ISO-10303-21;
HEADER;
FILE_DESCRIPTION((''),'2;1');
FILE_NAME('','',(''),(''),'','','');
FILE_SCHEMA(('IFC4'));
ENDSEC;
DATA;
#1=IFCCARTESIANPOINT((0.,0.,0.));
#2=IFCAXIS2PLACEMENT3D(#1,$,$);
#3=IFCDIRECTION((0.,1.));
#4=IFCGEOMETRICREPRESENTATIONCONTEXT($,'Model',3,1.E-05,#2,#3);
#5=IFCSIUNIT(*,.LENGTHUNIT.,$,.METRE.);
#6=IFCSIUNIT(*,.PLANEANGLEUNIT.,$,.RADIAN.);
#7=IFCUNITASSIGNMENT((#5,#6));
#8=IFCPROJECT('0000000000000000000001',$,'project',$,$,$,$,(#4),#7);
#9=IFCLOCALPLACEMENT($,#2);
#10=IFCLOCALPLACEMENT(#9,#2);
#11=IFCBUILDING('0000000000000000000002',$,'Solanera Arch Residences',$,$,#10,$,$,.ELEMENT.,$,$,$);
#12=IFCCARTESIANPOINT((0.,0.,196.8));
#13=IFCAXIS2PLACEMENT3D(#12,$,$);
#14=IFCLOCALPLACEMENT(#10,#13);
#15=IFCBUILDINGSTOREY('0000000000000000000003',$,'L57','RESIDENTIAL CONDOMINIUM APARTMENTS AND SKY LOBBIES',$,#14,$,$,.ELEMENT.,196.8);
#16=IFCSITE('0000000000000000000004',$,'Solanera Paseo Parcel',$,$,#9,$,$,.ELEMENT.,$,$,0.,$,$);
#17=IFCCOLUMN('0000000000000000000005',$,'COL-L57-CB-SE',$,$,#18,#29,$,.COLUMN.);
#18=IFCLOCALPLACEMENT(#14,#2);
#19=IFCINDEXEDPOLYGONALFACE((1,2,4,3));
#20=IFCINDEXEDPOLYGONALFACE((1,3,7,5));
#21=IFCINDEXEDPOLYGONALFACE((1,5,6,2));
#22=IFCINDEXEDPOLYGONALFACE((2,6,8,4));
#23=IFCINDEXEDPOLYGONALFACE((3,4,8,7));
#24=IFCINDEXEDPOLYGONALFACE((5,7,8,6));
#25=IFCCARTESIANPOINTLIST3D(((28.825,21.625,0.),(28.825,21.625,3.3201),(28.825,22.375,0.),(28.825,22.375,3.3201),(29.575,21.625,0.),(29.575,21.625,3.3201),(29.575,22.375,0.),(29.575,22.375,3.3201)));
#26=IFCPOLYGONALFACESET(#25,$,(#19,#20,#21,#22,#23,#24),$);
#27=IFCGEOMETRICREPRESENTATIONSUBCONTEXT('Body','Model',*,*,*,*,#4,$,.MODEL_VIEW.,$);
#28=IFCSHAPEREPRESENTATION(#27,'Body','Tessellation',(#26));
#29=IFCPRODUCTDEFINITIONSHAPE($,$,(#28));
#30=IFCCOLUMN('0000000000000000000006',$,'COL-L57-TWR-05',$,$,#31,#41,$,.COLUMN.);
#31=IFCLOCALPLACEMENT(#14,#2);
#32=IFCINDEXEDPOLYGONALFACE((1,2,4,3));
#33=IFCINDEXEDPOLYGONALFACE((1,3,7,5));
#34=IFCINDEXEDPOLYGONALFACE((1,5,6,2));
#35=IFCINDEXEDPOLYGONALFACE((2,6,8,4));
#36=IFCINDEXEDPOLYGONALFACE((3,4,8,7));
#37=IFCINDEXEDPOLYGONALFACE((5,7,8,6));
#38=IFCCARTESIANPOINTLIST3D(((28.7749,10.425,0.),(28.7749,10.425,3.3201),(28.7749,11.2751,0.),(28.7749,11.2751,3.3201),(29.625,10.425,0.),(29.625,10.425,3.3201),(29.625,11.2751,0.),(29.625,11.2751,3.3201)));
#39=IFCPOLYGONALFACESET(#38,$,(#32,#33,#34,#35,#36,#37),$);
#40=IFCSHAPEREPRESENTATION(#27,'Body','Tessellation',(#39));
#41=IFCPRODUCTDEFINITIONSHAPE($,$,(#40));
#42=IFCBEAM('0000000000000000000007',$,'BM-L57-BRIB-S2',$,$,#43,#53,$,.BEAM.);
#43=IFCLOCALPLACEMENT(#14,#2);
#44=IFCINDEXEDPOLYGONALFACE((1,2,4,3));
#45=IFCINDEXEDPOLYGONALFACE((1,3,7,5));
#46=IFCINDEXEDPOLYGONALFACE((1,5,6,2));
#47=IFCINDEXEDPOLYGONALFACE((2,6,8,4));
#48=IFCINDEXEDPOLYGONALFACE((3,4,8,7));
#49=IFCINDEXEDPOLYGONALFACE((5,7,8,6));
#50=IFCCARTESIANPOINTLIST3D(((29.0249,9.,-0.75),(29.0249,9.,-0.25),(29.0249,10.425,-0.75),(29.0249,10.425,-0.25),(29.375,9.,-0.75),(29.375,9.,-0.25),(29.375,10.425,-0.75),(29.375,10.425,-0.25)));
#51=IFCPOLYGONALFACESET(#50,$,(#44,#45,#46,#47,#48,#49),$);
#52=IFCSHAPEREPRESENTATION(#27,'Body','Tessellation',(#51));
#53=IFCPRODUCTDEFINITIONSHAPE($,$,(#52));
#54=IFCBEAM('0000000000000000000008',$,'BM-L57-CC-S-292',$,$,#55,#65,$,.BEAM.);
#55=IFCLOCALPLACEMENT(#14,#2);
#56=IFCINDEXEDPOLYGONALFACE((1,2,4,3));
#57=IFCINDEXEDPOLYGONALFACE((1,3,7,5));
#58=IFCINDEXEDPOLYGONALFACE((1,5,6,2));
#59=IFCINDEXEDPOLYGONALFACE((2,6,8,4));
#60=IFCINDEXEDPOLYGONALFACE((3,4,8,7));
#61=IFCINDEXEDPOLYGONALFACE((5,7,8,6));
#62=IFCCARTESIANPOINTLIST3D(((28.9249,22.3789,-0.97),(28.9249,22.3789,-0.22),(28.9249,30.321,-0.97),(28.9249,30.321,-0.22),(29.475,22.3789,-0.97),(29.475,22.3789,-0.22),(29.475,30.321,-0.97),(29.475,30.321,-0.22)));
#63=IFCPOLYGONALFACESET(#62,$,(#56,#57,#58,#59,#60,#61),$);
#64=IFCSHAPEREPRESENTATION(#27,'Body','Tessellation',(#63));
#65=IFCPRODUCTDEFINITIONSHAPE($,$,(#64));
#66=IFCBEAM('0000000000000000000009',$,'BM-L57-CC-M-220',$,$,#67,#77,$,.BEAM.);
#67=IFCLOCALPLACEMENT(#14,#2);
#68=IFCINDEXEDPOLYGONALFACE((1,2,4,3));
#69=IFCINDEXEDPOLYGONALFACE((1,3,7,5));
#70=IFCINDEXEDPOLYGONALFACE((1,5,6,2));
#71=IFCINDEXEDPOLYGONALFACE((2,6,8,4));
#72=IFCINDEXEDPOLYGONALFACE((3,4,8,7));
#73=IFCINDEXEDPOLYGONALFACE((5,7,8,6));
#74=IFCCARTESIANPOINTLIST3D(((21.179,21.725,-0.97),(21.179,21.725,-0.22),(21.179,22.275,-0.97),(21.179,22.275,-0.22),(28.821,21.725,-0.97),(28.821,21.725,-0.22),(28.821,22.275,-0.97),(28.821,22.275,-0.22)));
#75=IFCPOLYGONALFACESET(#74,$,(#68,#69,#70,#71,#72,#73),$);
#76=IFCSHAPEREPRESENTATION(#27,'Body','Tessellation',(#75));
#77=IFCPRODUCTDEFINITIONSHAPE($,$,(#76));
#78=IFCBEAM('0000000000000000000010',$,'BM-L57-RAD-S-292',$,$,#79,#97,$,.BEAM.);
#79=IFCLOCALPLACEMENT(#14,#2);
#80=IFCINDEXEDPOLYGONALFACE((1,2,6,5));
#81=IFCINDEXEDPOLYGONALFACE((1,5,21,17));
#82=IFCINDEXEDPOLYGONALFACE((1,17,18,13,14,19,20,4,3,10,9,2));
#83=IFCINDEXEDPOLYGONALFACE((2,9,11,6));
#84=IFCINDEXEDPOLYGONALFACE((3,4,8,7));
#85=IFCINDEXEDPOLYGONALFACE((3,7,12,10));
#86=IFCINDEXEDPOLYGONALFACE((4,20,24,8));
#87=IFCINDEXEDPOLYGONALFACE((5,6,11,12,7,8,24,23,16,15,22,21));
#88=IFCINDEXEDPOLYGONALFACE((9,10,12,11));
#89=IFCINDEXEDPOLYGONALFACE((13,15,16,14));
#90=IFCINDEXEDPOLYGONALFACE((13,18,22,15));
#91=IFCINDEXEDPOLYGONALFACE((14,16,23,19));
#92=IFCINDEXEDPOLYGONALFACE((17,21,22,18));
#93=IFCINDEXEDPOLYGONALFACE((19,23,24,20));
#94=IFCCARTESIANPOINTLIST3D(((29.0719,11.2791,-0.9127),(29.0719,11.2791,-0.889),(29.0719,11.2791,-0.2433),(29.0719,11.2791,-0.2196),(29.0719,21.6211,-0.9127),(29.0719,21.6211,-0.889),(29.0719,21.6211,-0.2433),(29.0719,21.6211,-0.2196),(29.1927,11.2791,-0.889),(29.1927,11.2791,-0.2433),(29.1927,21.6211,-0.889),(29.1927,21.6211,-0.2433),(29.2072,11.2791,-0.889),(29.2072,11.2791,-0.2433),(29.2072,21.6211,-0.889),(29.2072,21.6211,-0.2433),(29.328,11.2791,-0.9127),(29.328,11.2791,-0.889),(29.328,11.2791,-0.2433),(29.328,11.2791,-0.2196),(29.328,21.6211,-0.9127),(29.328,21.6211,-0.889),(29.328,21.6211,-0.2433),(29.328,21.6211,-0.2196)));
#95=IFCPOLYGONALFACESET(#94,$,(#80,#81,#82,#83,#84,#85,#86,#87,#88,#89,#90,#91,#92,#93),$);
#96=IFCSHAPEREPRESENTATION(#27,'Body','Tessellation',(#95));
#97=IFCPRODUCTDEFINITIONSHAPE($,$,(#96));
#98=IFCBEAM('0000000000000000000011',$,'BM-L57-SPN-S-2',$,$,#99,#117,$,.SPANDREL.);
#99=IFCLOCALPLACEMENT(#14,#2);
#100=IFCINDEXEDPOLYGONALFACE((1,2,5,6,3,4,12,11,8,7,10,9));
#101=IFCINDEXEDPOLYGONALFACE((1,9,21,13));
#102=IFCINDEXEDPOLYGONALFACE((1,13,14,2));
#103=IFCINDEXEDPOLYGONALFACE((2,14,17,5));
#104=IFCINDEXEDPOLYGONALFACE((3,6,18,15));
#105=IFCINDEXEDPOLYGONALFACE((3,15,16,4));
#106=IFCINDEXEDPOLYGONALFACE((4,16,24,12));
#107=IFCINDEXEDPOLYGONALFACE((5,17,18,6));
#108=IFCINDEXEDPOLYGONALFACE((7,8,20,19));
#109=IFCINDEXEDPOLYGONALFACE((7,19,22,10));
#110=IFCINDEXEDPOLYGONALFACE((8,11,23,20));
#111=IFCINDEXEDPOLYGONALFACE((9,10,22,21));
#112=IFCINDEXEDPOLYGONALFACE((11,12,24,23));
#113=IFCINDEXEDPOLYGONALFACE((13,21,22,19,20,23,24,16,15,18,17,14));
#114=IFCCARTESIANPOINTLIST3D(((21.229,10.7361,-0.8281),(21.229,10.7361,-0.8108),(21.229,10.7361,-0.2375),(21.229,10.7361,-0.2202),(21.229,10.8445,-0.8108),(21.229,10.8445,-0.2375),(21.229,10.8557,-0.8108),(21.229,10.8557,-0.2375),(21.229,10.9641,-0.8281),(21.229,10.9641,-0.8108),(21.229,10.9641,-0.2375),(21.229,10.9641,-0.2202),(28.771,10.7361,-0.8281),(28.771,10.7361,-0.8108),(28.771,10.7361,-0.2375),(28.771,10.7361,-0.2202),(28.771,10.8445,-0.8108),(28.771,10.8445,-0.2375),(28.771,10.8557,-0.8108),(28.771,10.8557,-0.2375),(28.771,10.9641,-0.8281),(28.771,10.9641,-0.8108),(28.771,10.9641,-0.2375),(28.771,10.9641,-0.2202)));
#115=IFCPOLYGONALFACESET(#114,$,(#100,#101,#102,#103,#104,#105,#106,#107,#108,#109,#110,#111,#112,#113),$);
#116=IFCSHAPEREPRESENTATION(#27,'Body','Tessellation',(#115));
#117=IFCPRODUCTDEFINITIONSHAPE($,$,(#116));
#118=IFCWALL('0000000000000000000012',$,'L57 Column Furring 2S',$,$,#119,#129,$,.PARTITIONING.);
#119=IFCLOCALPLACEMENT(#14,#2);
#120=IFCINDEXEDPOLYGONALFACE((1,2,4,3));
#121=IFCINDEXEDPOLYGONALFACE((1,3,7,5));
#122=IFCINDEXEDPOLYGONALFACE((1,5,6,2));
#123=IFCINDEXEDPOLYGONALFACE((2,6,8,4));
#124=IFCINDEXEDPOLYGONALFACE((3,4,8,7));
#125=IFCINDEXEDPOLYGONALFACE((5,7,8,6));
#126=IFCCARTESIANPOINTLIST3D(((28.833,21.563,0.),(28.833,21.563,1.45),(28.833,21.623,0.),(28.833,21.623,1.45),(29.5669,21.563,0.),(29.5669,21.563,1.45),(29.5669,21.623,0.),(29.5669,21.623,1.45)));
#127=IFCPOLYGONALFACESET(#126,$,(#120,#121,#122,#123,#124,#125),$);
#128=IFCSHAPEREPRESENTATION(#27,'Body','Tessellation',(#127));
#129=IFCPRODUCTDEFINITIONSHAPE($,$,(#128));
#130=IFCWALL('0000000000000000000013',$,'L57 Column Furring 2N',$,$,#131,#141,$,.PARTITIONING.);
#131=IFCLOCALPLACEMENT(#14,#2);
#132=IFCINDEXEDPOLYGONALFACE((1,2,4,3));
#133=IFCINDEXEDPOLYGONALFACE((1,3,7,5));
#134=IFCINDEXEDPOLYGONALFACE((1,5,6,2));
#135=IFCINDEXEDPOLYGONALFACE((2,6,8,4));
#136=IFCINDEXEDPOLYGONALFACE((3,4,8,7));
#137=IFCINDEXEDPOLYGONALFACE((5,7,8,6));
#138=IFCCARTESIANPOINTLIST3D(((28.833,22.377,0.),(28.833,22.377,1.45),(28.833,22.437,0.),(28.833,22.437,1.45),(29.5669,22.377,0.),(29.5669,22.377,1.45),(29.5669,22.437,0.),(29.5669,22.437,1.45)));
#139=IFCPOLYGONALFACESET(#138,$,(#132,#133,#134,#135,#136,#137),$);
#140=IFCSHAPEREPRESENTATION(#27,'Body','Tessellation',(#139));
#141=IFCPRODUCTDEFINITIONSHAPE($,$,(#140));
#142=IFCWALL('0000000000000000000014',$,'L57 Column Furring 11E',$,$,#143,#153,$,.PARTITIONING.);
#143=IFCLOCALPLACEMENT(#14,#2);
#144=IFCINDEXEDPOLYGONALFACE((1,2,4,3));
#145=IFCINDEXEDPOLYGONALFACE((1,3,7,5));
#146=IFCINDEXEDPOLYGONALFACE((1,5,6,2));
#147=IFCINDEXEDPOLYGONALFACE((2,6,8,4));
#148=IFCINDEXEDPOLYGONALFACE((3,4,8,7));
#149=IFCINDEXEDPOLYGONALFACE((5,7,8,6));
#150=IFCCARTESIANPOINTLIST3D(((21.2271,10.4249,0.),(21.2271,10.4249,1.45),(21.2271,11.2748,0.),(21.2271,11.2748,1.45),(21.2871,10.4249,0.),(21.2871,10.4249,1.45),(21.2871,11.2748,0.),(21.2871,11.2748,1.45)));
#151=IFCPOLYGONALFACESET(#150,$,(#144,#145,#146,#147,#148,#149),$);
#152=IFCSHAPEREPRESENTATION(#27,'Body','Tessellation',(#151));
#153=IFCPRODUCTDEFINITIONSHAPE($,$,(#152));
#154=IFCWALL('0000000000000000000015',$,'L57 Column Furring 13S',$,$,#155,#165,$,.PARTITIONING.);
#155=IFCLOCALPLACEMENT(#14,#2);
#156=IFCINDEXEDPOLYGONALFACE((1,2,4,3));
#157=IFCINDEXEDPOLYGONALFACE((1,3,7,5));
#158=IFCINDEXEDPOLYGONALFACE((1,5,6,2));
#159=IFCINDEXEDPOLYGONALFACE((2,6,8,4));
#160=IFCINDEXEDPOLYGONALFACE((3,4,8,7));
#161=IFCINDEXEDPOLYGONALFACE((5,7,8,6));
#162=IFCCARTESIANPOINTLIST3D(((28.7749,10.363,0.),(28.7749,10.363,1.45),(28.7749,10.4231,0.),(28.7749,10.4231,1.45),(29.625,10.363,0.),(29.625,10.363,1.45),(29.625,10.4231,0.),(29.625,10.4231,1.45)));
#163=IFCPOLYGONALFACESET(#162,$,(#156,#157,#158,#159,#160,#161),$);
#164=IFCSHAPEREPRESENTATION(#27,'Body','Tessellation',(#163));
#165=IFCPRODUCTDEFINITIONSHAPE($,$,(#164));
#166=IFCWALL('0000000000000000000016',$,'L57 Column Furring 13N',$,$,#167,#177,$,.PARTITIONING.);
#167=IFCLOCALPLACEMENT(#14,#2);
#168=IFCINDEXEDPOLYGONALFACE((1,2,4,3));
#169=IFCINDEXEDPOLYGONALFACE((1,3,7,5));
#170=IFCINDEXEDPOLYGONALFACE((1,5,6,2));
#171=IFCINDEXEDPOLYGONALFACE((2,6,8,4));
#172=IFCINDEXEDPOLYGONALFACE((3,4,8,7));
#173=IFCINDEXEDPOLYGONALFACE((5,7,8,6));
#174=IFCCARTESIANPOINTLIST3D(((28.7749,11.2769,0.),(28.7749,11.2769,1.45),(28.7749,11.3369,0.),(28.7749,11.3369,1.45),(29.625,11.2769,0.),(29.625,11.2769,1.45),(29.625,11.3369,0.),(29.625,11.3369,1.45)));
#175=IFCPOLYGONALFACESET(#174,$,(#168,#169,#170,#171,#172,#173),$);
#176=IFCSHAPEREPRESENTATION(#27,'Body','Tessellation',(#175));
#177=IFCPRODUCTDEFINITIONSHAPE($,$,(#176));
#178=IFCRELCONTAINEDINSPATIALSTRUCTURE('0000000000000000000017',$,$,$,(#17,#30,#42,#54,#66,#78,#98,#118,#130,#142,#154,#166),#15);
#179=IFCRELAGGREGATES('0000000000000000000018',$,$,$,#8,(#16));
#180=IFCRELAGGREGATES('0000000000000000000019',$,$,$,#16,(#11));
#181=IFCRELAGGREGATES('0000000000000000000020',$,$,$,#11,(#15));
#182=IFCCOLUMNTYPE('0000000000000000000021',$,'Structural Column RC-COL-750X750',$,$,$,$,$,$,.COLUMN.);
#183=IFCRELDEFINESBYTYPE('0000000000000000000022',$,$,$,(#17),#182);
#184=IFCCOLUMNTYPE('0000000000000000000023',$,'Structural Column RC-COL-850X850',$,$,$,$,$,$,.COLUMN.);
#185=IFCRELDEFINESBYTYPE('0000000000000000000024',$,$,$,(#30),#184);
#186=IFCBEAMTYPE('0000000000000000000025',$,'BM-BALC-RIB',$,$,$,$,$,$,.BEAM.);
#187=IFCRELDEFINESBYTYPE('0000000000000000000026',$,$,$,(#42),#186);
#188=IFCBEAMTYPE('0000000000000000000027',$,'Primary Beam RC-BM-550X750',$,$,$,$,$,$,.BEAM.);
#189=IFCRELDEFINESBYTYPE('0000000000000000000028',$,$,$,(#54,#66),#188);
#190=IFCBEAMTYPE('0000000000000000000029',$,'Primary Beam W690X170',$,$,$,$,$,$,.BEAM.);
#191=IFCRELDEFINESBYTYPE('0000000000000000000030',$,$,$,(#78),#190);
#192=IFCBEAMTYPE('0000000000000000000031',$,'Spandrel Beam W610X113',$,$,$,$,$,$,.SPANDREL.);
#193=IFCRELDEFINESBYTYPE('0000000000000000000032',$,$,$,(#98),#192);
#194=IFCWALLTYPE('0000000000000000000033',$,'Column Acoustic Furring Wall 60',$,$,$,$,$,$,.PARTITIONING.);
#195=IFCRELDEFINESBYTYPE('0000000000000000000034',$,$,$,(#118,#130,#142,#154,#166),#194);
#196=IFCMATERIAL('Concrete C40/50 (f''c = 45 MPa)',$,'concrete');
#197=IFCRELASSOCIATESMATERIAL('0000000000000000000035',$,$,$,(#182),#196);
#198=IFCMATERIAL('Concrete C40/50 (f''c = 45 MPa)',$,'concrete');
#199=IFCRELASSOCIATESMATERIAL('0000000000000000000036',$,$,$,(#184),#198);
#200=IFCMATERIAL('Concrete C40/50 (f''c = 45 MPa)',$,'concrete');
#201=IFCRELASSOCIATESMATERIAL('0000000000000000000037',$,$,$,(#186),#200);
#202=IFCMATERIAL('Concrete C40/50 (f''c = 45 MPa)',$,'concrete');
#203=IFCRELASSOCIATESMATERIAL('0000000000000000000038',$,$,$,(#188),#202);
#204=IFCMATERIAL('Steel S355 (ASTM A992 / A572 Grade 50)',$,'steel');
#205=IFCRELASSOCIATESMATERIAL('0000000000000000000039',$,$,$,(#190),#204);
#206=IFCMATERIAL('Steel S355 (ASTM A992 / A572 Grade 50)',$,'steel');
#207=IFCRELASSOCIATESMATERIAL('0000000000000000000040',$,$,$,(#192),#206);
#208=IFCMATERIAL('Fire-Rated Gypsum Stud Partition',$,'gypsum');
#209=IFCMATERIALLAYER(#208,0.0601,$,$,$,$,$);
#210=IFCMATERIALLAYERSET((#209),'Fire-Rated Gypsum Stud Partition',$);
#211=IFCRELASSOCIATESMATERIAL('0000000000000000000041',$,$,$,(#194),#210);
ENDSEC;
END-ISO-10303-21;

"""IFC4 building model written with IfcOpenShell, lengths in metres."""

from ifc_helpers import new_model, si_unit, direction, frame, frame_2d, origin, origin_2d, place, context, subcontext, project, spatial, rectangle, i_section, extrude, material, layer, layer_set, material_profile, profile_set, type_object, element, save


model = new_model("IFC4")

# Units and contexts
model_context = context("Model", 3, precision=1e-05, world=origin(), true_north=direction((0.0, 1.0)))
body_context = subcontext(model_context, "Body", "Model", "MODEL_VIEW")
ifc_project = project(units=[si_unit("LENGTHUNIT", "METRE"), si_unit("PLANEANGLEUNIT", "RADIAN")], contexts=[model_context])

# Site, building, storey
site_placement = place(None, origin())
site = spatial("IfcSite", under=ifc_project, at=site_placement, Name="Solanera Paseo Parcel", CompositionType="ELEMENT", RefElevation=0.0)
building_placement = place(site_placement, origin())
building = spatial("IfcBuilding", under=site, at=building_placement, Name="Solanera Arch Residences", CompositionType="ELEMENT")
storey_placement = place(building_placement, frame((0.0, 0.0, 196.8)))
storey = spatial("IfcBuildingStorey", under=building, at=storey_placement, Name="L57", Description="RESIDENTIAL CONDOMINIUM APARTMENTS AND SKY LOBBIES", CompositionType="ELEMENT", Elevation=196.8)

# Columns
ifc_material_1 = material(Name="Concrete C40/50 (f'c = 45 MPa)", Category="concrete")
ifc_material_profile_1 = material_profile(ifc_material_1, rectangle(XDim=0.75, YDim=0.75, at=origin_2d()))
ifc_profile_set_1 = profile_set([ifc_material_profile_1], Name="Concrete C40/50 (f'c = 45 MPa)")
column_type_1 = type_object("IfcColumnType", Name="Structural Column RC-COL-750X750", PredefinedType="COLUMN", material=ifc_profile_set_1)
column_1_placement = place(storey_placement, frame((29.2, 22.0, 0.0), z_axis=(0.0, 0.0, 1.0), x_axis=(1.0, 0.0, 0.0)))
element("IfcColumn", 1, at=column_1_placement, inside=storey, type_object=column_type_1, Name="COL-L57-CB-SE", PredefinedType="COLUMN", context=body_context, shape_type="SweptSolid", body=[
    extrude(rectangle(XDim=0.75, YDim=0.75, at=origin_2d()), origin(), (0.0, 0.0, 1.0), 3.3201),
])
ifc_material_2 = material(Name="Concrete C40/50 (f'c = 45 MPa)", Category="concrete")
ifc_material_profile_2 = material_profile(ifc_material_2, rectangle(XDim=0.8501, YDim=0.8501, at=origin_2d()))
ifc_profile_set_2 = profile_set([ifc_material_profile_2], Name="Concrete C40/50 (f'c = 45 MPa)")
column_type_2 = type_object("IfcColumnType", Name="Structural Column RC-COL-850X850", PredefinedType="COLUMN", material=ifc_profile_set_2)
column_2_placement = place(storey_placement, frame((29.2, 10.8501, 0.0), z_axis=(0.0, 0.0, 1.0), x_axis=(1.0, 0.0, 0.0)))
element("IfcColumn", 2, at=column_2_placement, inside=storey, type_object=column_type_2, Name="COL-L57-TWR-05", PredefinedType="COLUMN", context=body_context, shape_type="SweptSolid", body=[
    extrude(rectangle(XDim=0.8501, YDim=0.8501, at=origin_2d()), origin(), (0.0, 0.0, 1.0), 3.3201),
])

# Beams
ifc_material_3 = material(Name="Concrete C40/50 (f'c = 45 MPa)", Category="concrete")
ifc_material_profile_3 = material_profile(ifc_material_3, rectangle(XDim=0.3501, YDim=0.5, at=origin_2d()))
ifc_profile_set_3 = profile_set([ifc_material_profile_3], Name="Concrete C40/50 (f'c = 45 MPa)")
beam_type_1 = type_object("IfcBeamType", Name="BM-BALC-RIB", PredefinedType="BEAM", material=ifc_profile_set_3)
beam_1_placement = place(storey_placement, frame((29.2, 9.0, -0.5), z_axis=(0.0, 1.0, 0.0), x_axis=(-1.0, 0.0, 0.0)))
element("IfcBeam", 3, at=beam_1_placement, inside=storey, type_object=beam_type_1, Name="BM-L57-BRIB-S2", PredefinedType="BEAM", context=body_context, shape_type="SweptSolid", body=[
    extrude(rectangle(XDim=0.3501, YDim=0.5, at=origin_2d()), origin(), (0.0, 0.0, 1.0), 1.425),
])
ifc_material_4 = material(Name="Concrete C40/50 (f'c = 45 MPa)", Category="concrete")
ifc_material_profile_4 = material_profile(ifc_material_4, rectangle(XDim=0.55, YDim=0.75, at=origin_2d()))
ifc_profile_set_4 = profile_set([ifc_material_profile_4], Name="Concrete C40/50 (f'c = 45 MPa)")
beam_type_2 = type_object("IfcBeamType", Name="Primary Beam RC-BM-550X750", PredefinedType="BEAM", material=ifc_profile_set_4)
beam_2_placement = place(storey_placement, frame((29.2, 22.3789, -0.595), z_axis=(0.0, 1.0, 0.0), x_axis=(-1.0, 0.0, 0.0)))
element("IfcBeam", 4, at=beam_2_placement, inside=storey, type_object=beam_type_2, Name="BM-L57-CC-S-292", PredefinedType="BEAM", context=body_context, shape_type="SweptSolid", body=[
    extrude(rectangle(XDim=0.55, YDim=0.75, at=origin_2d()), origin(), (0.0, 0.0, 1.0), 7.9421),
])
beam_3_placement = place(storey_placement, frame((21.179, 22.0, -0.595), z_axis=(1.0, 0.0, 0.0), x_axis=(0.0, 1.0, 0.0)))
element("IfcBeam", 5, at=beam_3_placement, inside=storey, type_object=beam_type_2, Name="BM-L57-CC-M-220", PredefinedType="BEAM", context=body_context, shape_type="SweptSolid", body=[
    extrude(rectangle(XDim=0.55, YDim=0.75, at=origin_2d()), origin(), (0.0, 0.0, 1.0), 7.6421),
])
ifc_material_5 = material(Name="Steel S355 (ASTM A992 / A572 Grade 50)", Category="steel")
ifc_material_profile_5 = material_profile(ifc_material_5, i_section(OverallWidth=0.2561, OverallDepth=0.6931, WebThickness=0.0144, FlangeThickness=0.0237, at=origin_2d()))
ifc_profile_set_5 = profile_set([ifc_material_profile_5], Name="Steel S355 (ASTM A992 / A572 Grade 50)")
beam_type_3 = type_object("IfcBeamType", Name="Primary Beam W690X170", PredefinedType="BEAM", material=ifc_profile_set_5)
beam_4_placement = place(storey_placement, frame((29.2, 11.2791, -0.5662), z_axis=(0.0, 1.0, 0.0), x_axis=(-1.0, 0.0, 0.0)))
element("IfcBeam", 6, at=beam_4_placement, inside=storey, type_object=beam_type_3, Name="BM-L57-RAD-S-292", PredefinedType="BEAM", context=body_context, shape_type="SweptSolid", body=[
    extrude(i_section(OverallWidth=0.2561, OverallDepth=0.6931, WebThickness=0.0144, FlangeThickness=0.0237, at=origin_2d()), origin(), (0.0, 0.0, 1.0), 10.342),
])
ifc_material_6 = material(Name="Steel S355 (ASTM A992 / A572 Grade 50)", Category="steel")
ifc_material_profile_6 = material_profile(ifc_material_6, i_section(OverallWidth=0.228, OverallDepth=0.6079, WebThickness=0.0112, FlangeThickness=0.0173, at=origin_2d()))
ifc_profile_set_6 = profile_set([ifc_material_profile_6], Name="Steel S355 (ASTM A992 / A572 Grade 50)")
beam_type_4 = type_object("IfcBeamType", Name="Spandrel Beam W610X113", PredefinedType="SPANDREL", material=ifc_profile_set_6)
beam_5_placement = place(storey_placement, frame((21.229, 10.8501, -0.5242), z_axis=(1.0, 0.0, 0.0), x_axis=(0.0, 1.0, 0.0)))
element("IfcBeam", 7, at=beam_5_placement, inside=storey, type_object=beam_type_4, Name="BM-L57-SPN-S-2", PredefinedType="SPANDREL", context=body_context, shape_type="SweptSolid", body=[
    extrude(i_section(OverallWidth=0.228, OverallDepth=0.6079, WebThickness=0.0112, FlangeThickness=0.0173, at=origin_2d()), origin(), (0.0, 0.0, 1.0), 7.542),
])

# Walls
ifc_material_7 = material(Name="Fire-Rated Gypsum Stud Partition", Category="gypsum")
ifc_layer_1 = layer(ifc_material_7, 0.0601)
ifc_layer_set_1 = layer_set([ifc_layer_1], Name="Fire-Rated Gypsum Stud Partition")
wall_type_1 = type_object("IfcWallType", Name="Column Acoustic Furring Wall 60", PredefinedType="PARTITIONING", material=ifc_layer_set_1)
for number, where, z_axis, x_axis, name in (
    (8, (28.833, 21.593, 0.0), (0.0, 0.0, 1.0), (1.0, 0.0, 0.0), "L57 Column Furring 2S"),
    (9, (28.833, 22.407, 0.0), (0.0, 0.0, 1.0), (1.0, 0.0, 0.0), "L57 Column Furring 2N"),
):
    element("IfcWall", number, at=place(storey_placement, frame(where, z_axis=z_axis, x_axis=x_axis)), inside=storey, type_object=wall_type_1, Name=name, PredefinedType="PARTITIONING", context=body_context, shape_type="SweptSolid", body=[
        extrude(rectangle(XDim=0.7339, YDim=0.0601, at=frame_2d((0.3669, 0.0))), origin(), (0.0, 0.0, 1.0), 1.45),
    ])
wall_1_placement = place(storey_placement, frame((21.2571, 10.425, 0.0), z_axis=(0.0, 0.0, 1.0), x_axis=(0.0, 1.0, 0.0)))
element("IfcWall", 10, at=wall_1_placement, inside=storey, type_object=wall_type_1, Name="L57 Column Furring 11E", PredefinedType="PARTITIONING", context=body_context, shape_type="SweptSolid", body=[
    extrude(rectangle(XDim=0.8499, YDim=0.0601, at=frame_2d((0.4248, 0.0))), origin(), (0.0, 0.0, 1.0), 1.45),
])
for number, where, z_axis, x_axis, name in (
    (11, (28.7749, 10.3931, 0.0), (0.0, 0.0, 1.0), (1.0, 0.0, 0.0), "L57 Column Furring 13S"),
    (12, (28.7749, 11.3069, 0.0), (0.0, 0.0, 1.0), (1.0, 0.0, 0.0), "L57 Column Furring 13N"),
):
    element("IfcWall", number, at=place(storey_placement, frame(where, z_axis=z_axis, x_axis=x_axis)), inside=storey, type_object=wall_type_1, Name=name, PredefinedType="PARTITIONING", context=body_context, shape_type="SweptSolid", body=[
        extrude(rectangle(XDim=0.8501, YDim=0.0601, at=frame_2d((0.425, 0.0))), origin(), (0.0, 0.0, 1.0), 1.45),
    ])

save(model, "model.ifc")
